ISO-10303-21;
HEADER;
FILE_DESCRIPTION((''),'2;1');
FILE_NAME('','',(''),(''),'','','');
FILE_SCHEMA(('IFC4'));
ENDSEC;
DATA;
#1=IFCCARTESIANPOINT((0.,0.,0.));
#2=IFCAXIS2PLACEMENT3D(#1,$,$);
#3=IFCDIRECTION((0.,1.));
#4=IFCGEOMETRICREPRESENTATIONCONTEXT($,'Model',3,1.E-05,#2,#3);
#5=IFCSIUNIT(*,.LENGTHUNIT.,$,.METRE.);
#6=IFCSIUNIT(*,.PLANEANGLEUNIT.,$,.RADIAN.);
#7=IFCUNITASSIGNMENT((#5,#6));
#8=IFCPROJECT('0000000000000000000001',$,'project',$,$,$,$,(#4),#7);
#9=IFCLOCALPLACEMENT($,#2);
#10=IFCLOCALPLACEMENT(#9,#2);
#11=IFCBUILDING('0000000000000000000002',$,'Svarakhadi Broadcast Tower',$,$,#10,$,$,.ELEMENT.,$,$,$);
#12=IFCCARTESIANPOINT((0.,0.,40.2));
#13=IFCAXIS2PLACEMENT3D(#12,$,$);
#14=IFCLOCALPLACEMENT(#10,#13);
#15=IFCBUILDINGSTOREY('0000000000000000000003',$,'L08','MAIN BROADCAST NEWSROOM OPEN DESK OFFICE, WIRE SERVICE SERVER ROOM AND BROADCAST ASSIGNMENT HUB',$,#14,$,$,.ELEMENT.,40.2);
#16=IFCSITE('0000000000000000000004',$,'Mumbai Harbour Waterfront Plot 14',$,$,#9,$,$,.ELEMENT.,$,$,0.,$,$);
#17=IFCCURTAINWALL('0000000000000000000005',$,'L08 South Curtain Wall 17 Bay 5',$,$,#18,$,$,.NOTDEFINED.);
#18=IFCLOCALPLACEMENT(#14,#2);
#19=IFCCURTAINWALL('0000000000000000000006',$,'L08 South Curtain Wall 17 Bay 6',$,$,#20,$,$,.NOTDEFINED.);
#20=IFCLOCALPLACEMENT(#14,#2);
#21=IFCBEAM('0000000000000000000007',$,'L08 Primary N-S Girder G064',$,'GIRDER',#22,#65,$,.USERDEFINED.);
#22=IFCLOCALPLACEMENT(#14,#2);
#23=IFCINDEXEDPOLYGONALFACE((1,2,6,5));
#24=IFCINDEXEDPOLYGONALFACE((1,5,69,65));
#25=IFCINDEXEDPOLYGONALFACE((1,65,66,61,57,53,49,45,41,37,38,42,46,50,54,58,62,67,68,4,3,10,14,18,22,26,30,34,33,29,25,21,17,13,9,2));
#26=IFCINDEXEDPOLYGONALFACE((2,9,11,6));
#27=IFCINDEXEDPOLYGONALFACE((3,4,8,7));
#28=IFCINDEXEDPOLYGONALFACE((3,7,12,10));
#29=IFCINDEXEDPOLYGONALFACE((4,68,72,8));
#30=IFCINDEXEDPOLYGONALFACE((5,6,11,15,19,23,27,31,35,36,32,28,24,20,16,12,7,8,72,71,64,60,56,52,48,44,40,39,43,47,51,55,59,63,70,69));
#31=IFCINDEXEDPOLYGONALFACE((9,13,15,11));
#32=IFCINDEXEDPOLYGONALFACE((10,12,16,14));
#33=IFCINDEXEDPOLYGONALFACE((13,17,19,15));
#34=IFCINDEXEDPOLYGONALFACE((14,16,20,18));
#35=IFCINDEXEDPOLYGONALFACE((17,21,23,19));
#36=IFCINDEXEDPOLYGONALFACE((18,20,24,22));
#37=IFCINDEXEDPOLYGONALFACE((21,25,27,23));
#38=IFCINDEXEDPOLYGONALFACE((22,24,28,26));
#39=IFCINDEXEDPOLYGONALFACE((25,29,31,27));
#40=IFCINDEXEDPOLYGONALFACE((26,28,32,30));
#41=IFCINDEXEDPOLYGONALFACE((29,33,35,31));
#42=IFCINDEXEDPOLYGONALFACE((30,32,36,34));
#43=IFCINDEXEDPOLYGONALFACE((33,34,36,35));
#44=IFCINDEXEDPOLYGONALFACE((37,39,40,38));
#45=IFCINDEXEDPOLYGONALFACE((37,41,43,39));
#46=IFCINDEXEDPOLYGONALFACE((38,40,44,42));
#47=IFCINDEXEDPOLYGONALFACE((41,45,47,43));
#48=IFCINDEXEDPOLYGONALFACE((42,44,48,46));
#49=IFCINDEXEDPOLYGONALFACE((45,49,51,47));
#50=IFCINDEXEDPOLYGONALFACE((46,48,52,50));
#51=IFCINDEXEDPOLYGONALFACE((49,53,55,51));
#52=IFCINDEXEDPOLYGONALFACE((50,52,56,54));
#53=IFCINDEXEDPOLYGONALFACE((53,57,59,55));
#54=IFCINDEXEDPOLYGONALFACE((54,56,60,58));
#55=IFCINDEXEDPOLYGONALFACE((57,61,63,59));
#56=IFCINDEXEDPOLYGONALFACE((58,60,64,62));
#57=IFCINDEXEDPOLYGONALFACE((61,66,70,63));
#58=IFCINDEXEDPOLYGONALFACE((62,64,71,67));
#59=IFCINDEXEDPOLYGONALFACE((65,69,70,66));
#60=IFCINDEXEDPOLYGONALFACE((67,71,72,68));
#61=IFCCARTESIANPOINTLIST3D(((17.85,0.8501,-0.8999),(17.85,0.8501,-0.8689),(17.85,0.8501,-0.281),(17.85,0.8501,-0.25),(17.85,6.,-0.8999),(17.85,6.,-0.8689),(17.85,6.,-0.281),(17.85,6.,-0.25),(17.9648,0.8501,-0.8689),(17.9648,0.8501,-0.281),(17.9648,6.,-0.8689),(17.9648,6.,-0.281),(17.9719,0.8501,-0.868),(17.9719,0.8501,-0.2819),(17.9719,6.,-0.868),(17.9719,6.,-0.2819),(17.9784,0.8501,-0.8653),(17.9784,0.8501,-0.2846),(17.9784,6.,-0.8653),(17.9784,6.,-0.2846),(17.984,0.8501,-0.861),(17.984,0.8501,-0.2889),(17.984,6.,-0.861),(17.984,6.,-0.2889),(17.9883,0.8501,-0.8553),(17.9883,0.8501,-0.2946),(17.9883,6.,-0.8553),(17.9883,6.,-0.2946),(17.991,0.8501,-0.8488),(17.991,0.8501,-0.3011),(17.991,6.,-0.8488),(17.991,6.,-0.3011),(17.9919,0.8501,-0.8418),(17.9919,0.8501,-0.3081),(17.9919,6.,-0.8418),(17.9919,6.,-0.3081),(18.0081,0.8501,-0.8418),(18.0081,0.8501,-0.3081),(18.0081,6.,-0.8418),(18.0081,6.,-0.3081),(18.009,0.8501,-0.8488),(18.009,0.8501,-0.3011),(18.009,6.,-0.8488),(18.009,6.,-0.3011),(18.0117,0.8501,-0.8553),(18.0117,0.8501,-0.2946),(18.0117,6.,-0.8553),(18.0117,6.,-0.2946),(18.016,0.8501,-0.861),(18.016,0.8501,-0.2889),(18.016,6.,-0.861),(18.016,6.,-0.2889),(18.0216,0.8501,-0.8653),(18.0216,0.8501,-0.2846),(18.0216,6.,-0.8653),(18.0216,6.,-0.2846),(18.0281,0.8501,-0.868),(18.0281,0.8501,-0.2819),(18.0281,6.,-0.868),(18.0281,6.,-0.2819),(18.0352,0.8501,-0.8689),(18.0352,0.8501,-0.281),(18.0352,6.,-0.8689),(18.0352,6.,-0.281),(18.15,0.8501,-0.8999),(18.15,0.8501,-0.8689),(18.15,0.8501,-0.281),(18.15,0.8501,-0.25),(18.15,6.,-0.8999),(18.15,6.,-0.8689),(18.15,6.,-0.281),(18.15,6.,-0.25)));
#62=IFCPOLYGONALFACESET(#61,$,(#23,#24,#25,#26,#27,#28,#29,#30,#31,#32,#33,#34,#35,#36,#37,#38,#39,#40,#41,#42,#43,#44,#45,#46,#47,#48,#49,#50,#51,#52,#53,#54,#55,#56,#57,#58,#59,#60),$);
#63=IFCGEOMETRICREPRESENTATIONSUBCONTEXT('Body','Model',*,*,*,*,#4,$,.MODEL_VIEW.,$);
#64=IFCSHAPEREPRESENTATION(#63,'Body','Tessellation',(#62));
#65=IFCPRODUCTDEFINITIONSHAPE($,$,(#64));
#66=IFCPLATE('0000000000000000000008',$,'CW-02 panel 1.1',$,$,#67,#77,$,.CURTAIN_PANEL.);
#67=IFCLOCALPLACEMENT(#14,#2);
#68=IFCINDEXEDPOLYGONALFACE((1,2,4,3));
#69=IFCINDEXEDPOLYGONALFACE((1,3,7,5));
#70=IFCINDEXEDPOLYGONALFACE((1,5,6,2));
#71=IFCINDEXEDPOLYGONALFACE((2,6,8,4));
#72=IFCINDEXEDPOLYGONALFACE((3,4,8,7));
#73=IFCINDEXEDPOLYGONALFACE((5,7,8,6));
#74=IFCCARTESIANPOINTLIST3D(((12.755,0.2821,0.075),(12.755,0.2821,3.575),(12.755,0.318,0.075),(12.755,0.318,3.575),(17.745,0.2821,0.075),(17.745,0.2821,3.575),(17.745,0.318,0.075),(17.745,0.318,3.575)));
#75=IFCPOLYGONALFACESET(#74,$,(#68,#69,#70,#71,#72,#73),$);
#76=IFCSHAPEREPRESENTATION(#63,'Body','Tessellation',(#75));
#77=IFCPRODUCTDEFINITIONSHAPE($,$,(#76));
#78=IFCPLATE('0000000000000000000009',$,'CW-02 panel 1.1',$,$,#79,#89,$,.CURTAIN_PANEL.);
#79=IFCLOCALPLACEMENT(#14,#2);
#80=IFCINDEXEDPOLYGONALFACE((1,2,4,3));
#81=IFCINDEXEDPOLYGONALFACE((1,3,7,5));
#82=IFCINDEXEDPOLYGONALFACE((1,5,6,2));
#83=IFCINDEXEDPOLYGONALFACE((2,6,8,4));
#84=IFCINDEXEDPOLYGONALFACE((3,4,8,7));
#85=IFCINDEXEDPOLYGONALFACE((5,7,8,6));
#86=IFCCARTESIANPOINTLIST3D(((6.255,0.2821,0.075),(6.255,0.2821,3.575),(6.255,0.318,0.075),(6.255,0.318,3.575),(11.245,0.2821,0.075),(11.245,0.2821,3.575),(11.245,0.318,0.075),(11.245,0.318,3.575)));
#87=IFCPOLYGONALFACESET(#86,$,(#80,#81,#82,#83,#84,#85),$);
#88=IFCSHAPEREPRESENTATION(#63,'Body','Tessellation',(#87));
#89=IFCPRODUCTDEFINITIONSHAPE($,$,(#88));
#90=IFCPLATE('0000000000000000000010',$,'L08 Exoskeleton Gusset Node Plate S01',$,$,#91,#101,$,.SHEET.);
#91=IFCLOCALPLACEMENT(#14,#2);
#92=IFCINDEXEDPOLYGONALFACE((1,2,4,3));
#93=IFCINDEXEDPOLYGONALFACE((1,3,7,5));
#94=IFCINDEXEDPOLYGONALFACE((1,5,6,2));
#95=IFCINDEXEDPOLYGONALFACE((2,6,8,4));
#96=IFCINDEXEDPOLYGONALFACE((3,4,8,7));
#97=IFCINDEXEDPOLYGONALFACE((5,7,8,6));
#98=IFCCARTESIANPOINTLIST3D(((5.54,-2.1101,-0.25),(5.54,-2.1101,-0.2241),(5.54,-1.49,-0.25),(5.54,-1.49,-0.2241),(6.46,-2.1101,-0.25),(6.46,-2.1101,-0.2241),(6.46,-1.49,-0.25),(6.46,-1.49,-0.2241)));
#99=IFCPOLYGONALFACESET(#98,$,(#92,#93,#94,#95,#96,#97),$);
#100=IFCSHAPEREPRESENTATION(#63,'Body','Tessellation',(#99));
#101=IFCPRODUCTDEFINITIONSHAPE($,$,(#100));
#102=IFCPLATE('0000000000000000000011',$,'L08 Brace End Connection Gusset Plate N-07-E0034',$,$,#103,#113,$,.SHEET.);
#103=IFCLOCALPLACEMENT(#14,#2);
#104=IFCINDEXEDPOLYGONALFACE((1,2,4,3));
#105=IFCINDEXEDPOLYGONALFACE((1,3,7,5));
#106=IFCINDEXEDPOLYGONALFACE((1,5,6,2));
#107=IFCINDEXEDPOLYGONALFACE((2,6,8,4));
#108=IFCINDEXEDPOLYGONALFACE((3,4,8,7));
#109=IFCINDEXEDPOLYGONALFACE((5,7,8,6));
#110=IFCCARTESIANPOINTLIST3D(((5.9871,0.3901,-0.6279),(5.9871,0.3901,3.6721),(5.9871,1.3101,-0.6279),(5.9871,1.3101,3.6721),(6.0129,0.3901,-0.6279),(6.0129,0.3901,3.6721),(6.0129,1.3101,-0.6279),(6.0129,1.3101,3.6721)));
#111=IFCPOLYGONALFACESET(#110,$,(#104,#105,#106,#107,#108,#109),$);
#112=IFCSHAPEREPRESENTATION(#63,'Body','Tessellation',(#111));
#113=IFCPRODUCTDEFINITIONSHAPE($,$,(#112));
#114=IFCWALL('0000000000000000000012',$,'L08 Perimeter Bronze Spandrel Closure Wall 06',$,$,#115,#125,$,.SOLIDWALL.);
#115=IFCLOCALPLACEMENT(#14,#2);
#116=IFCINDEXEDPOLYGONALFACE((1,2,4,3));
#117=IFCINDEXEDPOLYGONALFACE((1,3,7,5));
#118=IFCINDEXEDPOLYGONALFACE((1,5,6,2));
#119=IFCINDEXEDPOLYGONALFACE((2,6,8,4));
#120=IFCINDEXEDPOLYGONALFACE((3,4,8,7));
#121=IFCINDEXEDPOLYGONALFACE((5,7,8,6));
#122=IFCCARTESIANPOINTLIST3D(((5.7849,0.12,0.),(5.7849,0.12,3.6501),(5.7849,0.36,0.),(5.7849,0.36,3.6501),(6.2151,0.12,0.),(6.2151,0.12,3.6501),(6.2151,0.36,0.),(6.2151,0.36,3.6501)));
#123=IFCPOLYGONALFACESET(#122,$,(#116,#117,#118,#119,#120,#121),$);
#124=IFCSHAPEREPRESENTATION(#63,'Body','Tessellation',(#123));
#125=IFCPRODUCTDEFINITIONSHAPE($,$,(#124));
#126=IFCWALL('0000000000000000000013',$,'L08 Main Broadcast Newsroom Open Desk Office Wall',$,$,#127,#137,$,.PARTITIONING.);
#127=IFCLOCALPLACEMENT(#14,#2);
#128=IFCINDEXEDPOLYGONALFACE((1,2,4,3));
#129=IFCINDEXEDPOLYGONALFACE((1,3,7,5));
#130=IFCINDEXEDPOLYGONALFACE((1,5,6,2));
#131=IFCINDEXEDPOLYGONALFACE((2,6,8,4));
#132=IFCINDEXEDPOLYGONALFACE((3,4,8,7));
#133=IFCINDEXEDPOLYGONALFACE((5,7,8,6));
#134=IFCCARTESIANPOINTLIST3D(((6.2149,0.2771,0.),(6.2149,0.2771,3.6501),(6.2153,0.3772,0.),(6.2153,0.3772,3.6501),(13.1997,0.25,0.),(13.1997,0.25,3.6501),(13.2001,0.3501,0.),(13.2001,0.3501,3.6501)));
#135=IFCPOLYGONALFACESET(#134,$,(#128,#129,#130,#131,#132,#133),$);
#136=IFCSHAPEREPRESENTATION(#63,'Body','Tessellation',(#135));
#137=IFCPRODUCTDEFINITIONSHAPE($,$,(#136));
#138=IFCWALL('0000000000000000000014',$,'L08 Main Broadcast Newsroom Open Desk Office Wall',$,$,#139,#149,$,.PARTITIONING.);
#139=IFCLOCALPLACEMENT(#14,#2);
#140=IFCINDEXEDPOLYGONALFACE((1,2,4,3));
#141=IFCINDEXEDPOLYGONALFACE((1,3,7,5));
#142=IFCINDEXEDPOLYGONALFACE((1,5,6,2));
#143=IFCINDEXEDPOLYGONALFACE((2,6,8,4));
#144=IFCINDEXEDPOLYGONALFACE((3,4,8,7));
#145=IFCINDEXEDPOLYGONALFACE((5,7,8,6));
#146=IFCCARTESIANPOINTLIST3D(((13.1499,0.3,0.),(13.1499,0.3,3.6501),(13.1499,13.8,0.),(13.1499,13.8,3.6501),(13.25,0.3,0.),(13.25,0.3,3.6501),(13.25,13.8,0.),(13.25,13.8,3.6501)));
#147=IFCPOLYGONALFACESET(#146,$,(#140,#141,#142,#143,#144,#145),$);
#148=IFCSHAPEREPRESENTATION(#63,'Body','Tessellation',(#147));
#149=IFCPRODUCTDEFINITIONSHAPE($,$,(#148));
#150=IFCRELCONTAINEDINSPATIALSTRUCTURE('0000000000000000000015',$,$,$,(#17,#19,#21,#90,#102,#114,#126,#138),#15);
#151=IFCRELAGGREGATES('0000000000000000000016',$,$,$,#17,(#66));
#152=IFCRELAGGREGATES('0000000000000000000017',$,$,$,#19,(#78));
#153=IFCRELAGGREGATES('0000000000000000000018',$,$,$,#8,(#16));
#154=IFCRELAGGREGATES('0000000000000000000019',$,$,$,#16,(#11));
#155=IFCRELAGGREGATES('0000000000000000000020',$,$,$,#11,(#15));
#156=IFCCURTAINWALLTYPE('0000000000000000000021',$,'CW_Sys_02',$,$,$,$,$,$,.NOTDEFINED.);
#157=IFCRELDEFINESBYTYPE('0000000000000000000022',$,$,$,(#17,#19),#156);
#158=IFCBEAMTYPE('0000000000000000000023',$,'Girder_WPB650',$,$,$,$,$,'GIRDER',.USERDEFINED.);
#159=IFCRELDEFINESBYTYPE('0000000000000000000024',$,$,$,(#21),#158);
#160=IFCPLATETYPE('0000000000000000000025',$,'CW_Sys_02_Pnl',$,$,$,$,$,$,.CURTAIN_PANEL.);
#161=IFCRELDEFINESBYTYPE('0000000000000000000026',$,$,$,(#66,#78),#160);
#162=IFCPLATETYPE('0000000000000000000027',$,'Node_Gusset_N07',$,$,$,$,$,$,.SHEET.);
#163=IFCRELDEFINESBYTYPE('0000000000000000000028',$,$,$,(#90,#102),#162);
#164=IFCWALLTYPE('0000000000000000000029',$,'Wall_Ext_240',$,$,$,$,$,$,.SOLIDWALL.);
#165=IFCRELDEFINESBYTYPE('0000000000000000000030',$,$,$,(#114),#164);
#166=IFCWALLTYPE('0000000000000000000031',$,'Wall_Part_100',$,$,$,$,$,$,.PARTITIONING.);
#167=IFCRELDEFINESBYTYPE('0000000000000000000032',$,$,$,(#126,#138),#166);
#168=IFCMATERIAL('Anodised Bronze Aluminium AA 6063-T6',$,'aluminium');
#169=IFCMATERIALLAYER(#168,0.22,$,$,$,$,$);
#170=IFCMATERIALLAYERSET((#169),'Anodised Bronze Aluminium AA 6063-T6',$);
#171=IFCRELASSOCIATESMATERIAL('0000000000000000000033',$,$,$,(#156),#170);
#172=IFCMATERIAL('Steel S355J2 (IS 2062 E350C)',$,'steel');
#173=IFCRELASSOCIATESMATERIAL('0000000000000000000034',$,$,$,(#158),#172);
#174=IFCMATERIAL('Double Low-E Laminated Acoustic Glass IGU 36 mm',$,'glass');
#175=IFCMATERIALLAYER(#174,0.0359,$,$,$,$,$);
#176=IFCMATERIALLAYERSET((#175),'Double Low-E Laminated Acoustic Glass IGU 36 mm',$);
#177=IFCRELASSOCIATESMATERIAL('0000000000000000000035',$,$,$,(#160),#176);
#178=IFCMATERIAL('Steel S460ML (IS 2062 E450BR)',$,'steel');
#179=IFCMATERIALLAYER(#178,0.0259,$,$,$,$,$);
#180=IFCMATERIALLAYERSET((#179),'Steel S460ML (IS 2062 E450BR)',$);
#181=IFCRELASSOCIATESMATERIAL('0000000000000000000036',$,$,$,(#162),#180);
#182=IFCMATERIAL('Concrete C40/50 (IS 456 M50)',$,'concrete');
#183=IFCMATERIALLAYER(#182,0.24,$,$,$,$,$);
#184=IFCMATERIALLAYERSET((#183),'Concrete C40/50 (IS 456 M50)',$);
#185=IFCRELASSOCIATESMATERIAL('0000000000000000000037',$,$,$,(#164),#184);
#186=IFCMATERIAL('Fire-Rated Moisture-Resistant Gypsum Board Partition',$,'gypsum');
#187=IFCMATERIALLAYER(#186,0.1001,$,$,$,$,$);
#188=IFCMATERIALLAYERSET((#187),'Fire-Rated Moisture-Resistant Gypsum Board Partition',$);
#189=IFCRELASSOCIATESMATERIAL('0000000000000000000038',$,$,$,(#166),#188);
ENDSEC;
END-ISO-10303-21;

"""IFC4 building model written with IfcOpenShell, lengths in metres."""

from ifc_helpers import new_model, si_unit, direction, frame, frame_2d, origin, origin_2d, place, context, subcontext, project, spatial, rectangle, i_section, extrude, material, layer, layer_set, material_profile, profile_set, type_object, element, aggregate, save


model = new_model("IFC4")

# Units and contexts
model_context = context("Model", 3, precision=1e-05, world=origin(), true_north=direction((0.0, 1.0)))
body_context = subcontext(model_context, "Body", "Model", "MODEL_VIEW")
ifc_project = project(units=[si_unit("LENGTHUNIT", "METRE"), si_unit("PLANEANGLEUNIT", "RADIAN")], contexts=[model_context])

# Site, building, storey
site_placement = place(None, origin())
site = spatial("IfcSite", under=ifc_project, at=site_placement, Name="Mumbai Harbour Waterfront Plot 14", CompositionType="ELEMENT", RefElevation=0.0)
building_placement = place(site_placement, origin())
building = spatial("IfcBuilding", under=site, at=building_placement, Name="Svarakhadi Broadcast Tower", CompositionType="ELEMENT")
storey_placement = place(building_placement, frame((0.0, 0.0, 40.2)))
storey = spatial("IfcBuildingStorey", under=building, at=storey_placement, Name="L08", Description="MAIN BROADCAST NEWSROOM OPEN DESK OFFICE, WIRE SERVICE SERVER ROOM AND BROADCAST ASSIGNMENT HUB", CompositionType="ELEMENT", Elevation=40.2)

# Shared definitions
ifc_material_1 = material(Name="Steel S460ML (IS 2062 E450BR)", Category="steel")

# Shared definitions
ifc_material_2 = material(Name="Steel S355J2 (IS 2062 E350C)", Category="steel")

# Curtain walls
ifc_material_3 = material(Name="Anodised Bronze Aluminium AA 6063-T6", Category="aluminium")
ifc_layer_1 = layer(ifc_material_3, 0.22)
ifc_layer_set_1 = layer_set([ifc_layer_1], Name="Anodised Bronze Aluminium AA 6063-T6")
curtain_wall_type = type_object("IfcCurtainWallType", Name="CW_Sys_02", PredefinedType="NOTDEFINED", material=ifc_layer_set_1)
curtain_wall_1_placement = place(storey_placement, origin())
curtain_wall_1 = element("IfcCurtainWall", 1, at=curtain_wall_1_placement, inside=storey, type_object=curtain_wall_type, Name="L08 South Curtain Wall 17 Bay 5", PredefinedType="NOTDEFINED")
curtain_wall_2_placement = place(storey_placement, origin())
curtain_wall_2 = element("IfcCurtainWall", 2, at=curtain_wall_2_placement, inside=storey, type_object=curtain_wall_type, Name="L08 South Curtain Wall 17 Bay 6", PredefinedType="NOTDEFINED")

# Beam
ifc_material_profile_1 = material_profile(ifc_material_2, i_section(OverallWidth=0.3, OverallDepth=0.6499, WebThickness=0.0161, FlangeThickness=0.031, FilletRadius=0.0271, at=origin_2d()), Name="WPB 650x300x225")
ifc_profile_set_1 = profile_set([ifc_material_profile_1], Name="Steel S355J2 (IS 2062 E350C)")
beam_type_1 = type_object("IfcBeamType", Name="Girder_WPB650", ElementType="GIRDER", PredefinedType="USERDEFINED", material=ifc_profile_set_1)
for number, where, z_axis, x_axis, name in (
    (3, (18.0, 0.8501, -0.575), (0.0, 1.0, 0.0), (-1.0, 0.0, 0.0), "L08 Primary N-S Girder G064"),
):
    element("IfcBeam", number, at=place(storey_placement, frame(where, z_axis=z_axis, x_axis=x_axis)), inside=storey, type_object=beam_type_1, Name=name, ObjectType="GIRDER", PredefinedType="USERDEFINED", context=body_context, shape_type="SweptSolid", body=[
        extrude(i_section(OverallWidth=0.3, OverallDepth=0.6499, WebThickness=0.0161, FlangeThickness=0.031, FilletRadius=0.0271, at=origin_2d()), origin(), (0.0, 0.0, 1.0), 5.1499),
    ])

# Plates
ifc_material_4 = material(Name="Double Low-E Laminated Acoustic Glass IGU 36 mm", Category="glass")
ifc_layer_2 = layer(ifc_material_4, 0.0359)
ifc_layer_set_2 = layer_set([ifc_layer_2], Name="Double Low-E Laminated Acoustic Glass IGU 36 mm")
plate_type_1 = type_object("IfcPlateType", Name="CW_Sys_02_Pnl", PredefinedType="CURTAIN_PANEL", material=ifc_layer_set_2)
plate_1_placement = place(storey_placement, frame((15.25, 0.3, 0.075), z_axis=(0.0, 0.0, 1.0), x_axis=(-1.0, 0.0, 0.0)))
plate_1 = element("IfcPlate", 4, at=plate_1_placement, type_object=plate_type_1, Name="CW-02 panel 1.1", PredefinedType="CURTAIN_PANEL", context=body_context, shape_type="SweptSolid", body=[
    extrude(rectangle(XDim=4.99, YDim=0.0359, at=origin_2d()), origin(), (0.0, 0.0, 1.0), 3.5),
])
aggregate(curtain_wall_1, [plate_1])
plate_2_placement = place(storey_placement, frame((8.75, 0.3, 0.075), z_axis=(0.0, 0.0, 1.0), x_axis=(-1.0, 0.0, 0.0)))
plate_2 = element("IfcPlate", 5, at=plate_2_placement, type_object=plate_type_1, Name="CW-02 panel 1.1", PredefinedType="CURTAIN_PANEL", context=body_context, shape_type="SweptSolid", body=[
    extrude(rectangle(XDim=4.99, YDim=0.0359, at=origin_2d()), origin(), (0.0, 0.0, 1.0), 3.5),
])
aggregate(curtain_wall_2, [plate_2])

# Plates
ifc_layer_3 = layer(ifc_material_1, 0.0259)
ifc_layer_set_3 = layer_set([ifc_layer_3], Name="Steel S460ML (IS 2062 E450BR)")
plate_type_2 = type_object("IfcPlateType", Name="Node_Gusset_N07", PredefinedType="SHEET", material=ifc_layer_set_3)
plate_3_placement = place(storey_placement, frame((6.0, -1.8, -0.25), z_axis=(0.0, 0.0, 1.0), x_axis=(1.0, 0.0, 0.0)))
element("IfcPlate", 6, at=plate_3_placement, inside=storey, type_object=plate_type_2, Name="L08 Exoskeleton Gusset Node Plate S01", PredefinedType="SHEET", context=body_context, shape_type="SweptSolid", body=[
    extrude(rectangle(XDim=0.9199, YDim=0.6201, at=origin_2d()), origin(), (0.0, 0.0, 1.0), 0.0259),
])
plate_4_placement = place(storey_placement, frame((6.0, 0.8501, -0.6279), z_axis=(0.0, 0.0, 1.0), x_axis=(0.0, 1.0, 0.0)))
element("IfcPlate", 7, at=plate_4_placement, inside=storey, type_object=plate_type_2, Name="L08 Brace End Connection Gusset Plate N-07-E0034", PredefinedType="SHEET", context=body_context, shape_type="SweptSolid", body=[
    extrude(rectangle(XDim=0.9199, YDim=0.0259, at=origin_2d()), origin(), (0.0, 0.0, 1.0), 4.3),
])

# Walls
ifc_material_5 = material(Name="Concrete C40/50 (IS 456 M50)", Category="concrete")
ifc_layer_4 = layer(ifc_material_5, 0.24)
ifc_layer_set_4 = layer_set([ifc_layer_4], Name="Concrete C40/50 (IS 456 M50)")
wall_type_1 = type_object("IfcWallType", Name="Wall_Ext_240", PredefinedType="SOLIDWALL", material=ifc_layer_set_4)
wall_1_placement = place(storey_placement, frame((6.2151, 0.24, 0.0), z_axis=(0.0, 0.0, 1.0), x_axis=(-1.0, 0.0, 0.0)))
element("IfcWall", 8, at=wall_1_placement, inside=storey, type_object=wall_type_1, Name="L08 Perimeter Bronze Spandrel Closure Wall 06", PredefinedType="SOLIDWALL", context=body_context, shape_type="SweptSolid", body=[
    extrude(rectangle(XDim=0.4302, YDim=0.24, at=frame_2d((0.2151, 0.0))), origin(), (0.0, 0.0, 1.0), 3.6501),
])
ifc_material_6 = material(Name="Fire-Rated Moisture-Resistant Gypsum Board Partition", Category="gypsum")
ifc_layer_5 = layer(ifc_material_6, 0.1001)
ifc_layer_set_5 = layer_set([ifc_layer_5], Name="Fire-Rated Moisture-Resistant Gypsum Board Partition")
wall_type_2 = type_object("IfcWallType", Name="Wall_Part_100", PredefinedType="PARTITIONING", material=ifc_layer_set_5)
wall_2_placement = place(storey_placement, frame((6.2151, 0.3271, 0.0), z_axis=(0.0, 0.0, 1.0), x_axis=(0.999992, -0.00388, 0.0)))
element("IfcWall", 9, at=wall_2_placement, inside=storey, type_object=wall_type_2, Name="L08 Main Broadcast Newsroom Open Desk Office Wall", PredefinedType="PARTITIONING", context=body_context, shape_type="SweptSolid", body=[
    extrude(rectangle(XDim=6.9849, YDim=0.1001, at=frame_2d((3.4924, 0.0))), origin(), (0.0, 0.0, 1.0), 3.6501),
])
wall_3_placement = place(storey_placement, frame((13.2, 0.3, 0.0), z_axis=(0.0, 0.0, 1.0), x_axis=(0.0, 1.0, 0.0)))
element("IfcWall", 10, at=wall_3_placement, inside=storey, type_object=wall_type_2, Name="L08 Main Broadcast Newsroom Open Desk Office Wall", PredefinedType="PARTITIONING", context=body_context, shape_type="SweptSolid", body=[
    extrude(rectangle(XDim=13.5, YDim=0.1001, at=frame_2d((6.75, 0.0))), origin(), (0.0, 0.0, 1.0), 3.6501),
])

save(model, "model.ifc")
